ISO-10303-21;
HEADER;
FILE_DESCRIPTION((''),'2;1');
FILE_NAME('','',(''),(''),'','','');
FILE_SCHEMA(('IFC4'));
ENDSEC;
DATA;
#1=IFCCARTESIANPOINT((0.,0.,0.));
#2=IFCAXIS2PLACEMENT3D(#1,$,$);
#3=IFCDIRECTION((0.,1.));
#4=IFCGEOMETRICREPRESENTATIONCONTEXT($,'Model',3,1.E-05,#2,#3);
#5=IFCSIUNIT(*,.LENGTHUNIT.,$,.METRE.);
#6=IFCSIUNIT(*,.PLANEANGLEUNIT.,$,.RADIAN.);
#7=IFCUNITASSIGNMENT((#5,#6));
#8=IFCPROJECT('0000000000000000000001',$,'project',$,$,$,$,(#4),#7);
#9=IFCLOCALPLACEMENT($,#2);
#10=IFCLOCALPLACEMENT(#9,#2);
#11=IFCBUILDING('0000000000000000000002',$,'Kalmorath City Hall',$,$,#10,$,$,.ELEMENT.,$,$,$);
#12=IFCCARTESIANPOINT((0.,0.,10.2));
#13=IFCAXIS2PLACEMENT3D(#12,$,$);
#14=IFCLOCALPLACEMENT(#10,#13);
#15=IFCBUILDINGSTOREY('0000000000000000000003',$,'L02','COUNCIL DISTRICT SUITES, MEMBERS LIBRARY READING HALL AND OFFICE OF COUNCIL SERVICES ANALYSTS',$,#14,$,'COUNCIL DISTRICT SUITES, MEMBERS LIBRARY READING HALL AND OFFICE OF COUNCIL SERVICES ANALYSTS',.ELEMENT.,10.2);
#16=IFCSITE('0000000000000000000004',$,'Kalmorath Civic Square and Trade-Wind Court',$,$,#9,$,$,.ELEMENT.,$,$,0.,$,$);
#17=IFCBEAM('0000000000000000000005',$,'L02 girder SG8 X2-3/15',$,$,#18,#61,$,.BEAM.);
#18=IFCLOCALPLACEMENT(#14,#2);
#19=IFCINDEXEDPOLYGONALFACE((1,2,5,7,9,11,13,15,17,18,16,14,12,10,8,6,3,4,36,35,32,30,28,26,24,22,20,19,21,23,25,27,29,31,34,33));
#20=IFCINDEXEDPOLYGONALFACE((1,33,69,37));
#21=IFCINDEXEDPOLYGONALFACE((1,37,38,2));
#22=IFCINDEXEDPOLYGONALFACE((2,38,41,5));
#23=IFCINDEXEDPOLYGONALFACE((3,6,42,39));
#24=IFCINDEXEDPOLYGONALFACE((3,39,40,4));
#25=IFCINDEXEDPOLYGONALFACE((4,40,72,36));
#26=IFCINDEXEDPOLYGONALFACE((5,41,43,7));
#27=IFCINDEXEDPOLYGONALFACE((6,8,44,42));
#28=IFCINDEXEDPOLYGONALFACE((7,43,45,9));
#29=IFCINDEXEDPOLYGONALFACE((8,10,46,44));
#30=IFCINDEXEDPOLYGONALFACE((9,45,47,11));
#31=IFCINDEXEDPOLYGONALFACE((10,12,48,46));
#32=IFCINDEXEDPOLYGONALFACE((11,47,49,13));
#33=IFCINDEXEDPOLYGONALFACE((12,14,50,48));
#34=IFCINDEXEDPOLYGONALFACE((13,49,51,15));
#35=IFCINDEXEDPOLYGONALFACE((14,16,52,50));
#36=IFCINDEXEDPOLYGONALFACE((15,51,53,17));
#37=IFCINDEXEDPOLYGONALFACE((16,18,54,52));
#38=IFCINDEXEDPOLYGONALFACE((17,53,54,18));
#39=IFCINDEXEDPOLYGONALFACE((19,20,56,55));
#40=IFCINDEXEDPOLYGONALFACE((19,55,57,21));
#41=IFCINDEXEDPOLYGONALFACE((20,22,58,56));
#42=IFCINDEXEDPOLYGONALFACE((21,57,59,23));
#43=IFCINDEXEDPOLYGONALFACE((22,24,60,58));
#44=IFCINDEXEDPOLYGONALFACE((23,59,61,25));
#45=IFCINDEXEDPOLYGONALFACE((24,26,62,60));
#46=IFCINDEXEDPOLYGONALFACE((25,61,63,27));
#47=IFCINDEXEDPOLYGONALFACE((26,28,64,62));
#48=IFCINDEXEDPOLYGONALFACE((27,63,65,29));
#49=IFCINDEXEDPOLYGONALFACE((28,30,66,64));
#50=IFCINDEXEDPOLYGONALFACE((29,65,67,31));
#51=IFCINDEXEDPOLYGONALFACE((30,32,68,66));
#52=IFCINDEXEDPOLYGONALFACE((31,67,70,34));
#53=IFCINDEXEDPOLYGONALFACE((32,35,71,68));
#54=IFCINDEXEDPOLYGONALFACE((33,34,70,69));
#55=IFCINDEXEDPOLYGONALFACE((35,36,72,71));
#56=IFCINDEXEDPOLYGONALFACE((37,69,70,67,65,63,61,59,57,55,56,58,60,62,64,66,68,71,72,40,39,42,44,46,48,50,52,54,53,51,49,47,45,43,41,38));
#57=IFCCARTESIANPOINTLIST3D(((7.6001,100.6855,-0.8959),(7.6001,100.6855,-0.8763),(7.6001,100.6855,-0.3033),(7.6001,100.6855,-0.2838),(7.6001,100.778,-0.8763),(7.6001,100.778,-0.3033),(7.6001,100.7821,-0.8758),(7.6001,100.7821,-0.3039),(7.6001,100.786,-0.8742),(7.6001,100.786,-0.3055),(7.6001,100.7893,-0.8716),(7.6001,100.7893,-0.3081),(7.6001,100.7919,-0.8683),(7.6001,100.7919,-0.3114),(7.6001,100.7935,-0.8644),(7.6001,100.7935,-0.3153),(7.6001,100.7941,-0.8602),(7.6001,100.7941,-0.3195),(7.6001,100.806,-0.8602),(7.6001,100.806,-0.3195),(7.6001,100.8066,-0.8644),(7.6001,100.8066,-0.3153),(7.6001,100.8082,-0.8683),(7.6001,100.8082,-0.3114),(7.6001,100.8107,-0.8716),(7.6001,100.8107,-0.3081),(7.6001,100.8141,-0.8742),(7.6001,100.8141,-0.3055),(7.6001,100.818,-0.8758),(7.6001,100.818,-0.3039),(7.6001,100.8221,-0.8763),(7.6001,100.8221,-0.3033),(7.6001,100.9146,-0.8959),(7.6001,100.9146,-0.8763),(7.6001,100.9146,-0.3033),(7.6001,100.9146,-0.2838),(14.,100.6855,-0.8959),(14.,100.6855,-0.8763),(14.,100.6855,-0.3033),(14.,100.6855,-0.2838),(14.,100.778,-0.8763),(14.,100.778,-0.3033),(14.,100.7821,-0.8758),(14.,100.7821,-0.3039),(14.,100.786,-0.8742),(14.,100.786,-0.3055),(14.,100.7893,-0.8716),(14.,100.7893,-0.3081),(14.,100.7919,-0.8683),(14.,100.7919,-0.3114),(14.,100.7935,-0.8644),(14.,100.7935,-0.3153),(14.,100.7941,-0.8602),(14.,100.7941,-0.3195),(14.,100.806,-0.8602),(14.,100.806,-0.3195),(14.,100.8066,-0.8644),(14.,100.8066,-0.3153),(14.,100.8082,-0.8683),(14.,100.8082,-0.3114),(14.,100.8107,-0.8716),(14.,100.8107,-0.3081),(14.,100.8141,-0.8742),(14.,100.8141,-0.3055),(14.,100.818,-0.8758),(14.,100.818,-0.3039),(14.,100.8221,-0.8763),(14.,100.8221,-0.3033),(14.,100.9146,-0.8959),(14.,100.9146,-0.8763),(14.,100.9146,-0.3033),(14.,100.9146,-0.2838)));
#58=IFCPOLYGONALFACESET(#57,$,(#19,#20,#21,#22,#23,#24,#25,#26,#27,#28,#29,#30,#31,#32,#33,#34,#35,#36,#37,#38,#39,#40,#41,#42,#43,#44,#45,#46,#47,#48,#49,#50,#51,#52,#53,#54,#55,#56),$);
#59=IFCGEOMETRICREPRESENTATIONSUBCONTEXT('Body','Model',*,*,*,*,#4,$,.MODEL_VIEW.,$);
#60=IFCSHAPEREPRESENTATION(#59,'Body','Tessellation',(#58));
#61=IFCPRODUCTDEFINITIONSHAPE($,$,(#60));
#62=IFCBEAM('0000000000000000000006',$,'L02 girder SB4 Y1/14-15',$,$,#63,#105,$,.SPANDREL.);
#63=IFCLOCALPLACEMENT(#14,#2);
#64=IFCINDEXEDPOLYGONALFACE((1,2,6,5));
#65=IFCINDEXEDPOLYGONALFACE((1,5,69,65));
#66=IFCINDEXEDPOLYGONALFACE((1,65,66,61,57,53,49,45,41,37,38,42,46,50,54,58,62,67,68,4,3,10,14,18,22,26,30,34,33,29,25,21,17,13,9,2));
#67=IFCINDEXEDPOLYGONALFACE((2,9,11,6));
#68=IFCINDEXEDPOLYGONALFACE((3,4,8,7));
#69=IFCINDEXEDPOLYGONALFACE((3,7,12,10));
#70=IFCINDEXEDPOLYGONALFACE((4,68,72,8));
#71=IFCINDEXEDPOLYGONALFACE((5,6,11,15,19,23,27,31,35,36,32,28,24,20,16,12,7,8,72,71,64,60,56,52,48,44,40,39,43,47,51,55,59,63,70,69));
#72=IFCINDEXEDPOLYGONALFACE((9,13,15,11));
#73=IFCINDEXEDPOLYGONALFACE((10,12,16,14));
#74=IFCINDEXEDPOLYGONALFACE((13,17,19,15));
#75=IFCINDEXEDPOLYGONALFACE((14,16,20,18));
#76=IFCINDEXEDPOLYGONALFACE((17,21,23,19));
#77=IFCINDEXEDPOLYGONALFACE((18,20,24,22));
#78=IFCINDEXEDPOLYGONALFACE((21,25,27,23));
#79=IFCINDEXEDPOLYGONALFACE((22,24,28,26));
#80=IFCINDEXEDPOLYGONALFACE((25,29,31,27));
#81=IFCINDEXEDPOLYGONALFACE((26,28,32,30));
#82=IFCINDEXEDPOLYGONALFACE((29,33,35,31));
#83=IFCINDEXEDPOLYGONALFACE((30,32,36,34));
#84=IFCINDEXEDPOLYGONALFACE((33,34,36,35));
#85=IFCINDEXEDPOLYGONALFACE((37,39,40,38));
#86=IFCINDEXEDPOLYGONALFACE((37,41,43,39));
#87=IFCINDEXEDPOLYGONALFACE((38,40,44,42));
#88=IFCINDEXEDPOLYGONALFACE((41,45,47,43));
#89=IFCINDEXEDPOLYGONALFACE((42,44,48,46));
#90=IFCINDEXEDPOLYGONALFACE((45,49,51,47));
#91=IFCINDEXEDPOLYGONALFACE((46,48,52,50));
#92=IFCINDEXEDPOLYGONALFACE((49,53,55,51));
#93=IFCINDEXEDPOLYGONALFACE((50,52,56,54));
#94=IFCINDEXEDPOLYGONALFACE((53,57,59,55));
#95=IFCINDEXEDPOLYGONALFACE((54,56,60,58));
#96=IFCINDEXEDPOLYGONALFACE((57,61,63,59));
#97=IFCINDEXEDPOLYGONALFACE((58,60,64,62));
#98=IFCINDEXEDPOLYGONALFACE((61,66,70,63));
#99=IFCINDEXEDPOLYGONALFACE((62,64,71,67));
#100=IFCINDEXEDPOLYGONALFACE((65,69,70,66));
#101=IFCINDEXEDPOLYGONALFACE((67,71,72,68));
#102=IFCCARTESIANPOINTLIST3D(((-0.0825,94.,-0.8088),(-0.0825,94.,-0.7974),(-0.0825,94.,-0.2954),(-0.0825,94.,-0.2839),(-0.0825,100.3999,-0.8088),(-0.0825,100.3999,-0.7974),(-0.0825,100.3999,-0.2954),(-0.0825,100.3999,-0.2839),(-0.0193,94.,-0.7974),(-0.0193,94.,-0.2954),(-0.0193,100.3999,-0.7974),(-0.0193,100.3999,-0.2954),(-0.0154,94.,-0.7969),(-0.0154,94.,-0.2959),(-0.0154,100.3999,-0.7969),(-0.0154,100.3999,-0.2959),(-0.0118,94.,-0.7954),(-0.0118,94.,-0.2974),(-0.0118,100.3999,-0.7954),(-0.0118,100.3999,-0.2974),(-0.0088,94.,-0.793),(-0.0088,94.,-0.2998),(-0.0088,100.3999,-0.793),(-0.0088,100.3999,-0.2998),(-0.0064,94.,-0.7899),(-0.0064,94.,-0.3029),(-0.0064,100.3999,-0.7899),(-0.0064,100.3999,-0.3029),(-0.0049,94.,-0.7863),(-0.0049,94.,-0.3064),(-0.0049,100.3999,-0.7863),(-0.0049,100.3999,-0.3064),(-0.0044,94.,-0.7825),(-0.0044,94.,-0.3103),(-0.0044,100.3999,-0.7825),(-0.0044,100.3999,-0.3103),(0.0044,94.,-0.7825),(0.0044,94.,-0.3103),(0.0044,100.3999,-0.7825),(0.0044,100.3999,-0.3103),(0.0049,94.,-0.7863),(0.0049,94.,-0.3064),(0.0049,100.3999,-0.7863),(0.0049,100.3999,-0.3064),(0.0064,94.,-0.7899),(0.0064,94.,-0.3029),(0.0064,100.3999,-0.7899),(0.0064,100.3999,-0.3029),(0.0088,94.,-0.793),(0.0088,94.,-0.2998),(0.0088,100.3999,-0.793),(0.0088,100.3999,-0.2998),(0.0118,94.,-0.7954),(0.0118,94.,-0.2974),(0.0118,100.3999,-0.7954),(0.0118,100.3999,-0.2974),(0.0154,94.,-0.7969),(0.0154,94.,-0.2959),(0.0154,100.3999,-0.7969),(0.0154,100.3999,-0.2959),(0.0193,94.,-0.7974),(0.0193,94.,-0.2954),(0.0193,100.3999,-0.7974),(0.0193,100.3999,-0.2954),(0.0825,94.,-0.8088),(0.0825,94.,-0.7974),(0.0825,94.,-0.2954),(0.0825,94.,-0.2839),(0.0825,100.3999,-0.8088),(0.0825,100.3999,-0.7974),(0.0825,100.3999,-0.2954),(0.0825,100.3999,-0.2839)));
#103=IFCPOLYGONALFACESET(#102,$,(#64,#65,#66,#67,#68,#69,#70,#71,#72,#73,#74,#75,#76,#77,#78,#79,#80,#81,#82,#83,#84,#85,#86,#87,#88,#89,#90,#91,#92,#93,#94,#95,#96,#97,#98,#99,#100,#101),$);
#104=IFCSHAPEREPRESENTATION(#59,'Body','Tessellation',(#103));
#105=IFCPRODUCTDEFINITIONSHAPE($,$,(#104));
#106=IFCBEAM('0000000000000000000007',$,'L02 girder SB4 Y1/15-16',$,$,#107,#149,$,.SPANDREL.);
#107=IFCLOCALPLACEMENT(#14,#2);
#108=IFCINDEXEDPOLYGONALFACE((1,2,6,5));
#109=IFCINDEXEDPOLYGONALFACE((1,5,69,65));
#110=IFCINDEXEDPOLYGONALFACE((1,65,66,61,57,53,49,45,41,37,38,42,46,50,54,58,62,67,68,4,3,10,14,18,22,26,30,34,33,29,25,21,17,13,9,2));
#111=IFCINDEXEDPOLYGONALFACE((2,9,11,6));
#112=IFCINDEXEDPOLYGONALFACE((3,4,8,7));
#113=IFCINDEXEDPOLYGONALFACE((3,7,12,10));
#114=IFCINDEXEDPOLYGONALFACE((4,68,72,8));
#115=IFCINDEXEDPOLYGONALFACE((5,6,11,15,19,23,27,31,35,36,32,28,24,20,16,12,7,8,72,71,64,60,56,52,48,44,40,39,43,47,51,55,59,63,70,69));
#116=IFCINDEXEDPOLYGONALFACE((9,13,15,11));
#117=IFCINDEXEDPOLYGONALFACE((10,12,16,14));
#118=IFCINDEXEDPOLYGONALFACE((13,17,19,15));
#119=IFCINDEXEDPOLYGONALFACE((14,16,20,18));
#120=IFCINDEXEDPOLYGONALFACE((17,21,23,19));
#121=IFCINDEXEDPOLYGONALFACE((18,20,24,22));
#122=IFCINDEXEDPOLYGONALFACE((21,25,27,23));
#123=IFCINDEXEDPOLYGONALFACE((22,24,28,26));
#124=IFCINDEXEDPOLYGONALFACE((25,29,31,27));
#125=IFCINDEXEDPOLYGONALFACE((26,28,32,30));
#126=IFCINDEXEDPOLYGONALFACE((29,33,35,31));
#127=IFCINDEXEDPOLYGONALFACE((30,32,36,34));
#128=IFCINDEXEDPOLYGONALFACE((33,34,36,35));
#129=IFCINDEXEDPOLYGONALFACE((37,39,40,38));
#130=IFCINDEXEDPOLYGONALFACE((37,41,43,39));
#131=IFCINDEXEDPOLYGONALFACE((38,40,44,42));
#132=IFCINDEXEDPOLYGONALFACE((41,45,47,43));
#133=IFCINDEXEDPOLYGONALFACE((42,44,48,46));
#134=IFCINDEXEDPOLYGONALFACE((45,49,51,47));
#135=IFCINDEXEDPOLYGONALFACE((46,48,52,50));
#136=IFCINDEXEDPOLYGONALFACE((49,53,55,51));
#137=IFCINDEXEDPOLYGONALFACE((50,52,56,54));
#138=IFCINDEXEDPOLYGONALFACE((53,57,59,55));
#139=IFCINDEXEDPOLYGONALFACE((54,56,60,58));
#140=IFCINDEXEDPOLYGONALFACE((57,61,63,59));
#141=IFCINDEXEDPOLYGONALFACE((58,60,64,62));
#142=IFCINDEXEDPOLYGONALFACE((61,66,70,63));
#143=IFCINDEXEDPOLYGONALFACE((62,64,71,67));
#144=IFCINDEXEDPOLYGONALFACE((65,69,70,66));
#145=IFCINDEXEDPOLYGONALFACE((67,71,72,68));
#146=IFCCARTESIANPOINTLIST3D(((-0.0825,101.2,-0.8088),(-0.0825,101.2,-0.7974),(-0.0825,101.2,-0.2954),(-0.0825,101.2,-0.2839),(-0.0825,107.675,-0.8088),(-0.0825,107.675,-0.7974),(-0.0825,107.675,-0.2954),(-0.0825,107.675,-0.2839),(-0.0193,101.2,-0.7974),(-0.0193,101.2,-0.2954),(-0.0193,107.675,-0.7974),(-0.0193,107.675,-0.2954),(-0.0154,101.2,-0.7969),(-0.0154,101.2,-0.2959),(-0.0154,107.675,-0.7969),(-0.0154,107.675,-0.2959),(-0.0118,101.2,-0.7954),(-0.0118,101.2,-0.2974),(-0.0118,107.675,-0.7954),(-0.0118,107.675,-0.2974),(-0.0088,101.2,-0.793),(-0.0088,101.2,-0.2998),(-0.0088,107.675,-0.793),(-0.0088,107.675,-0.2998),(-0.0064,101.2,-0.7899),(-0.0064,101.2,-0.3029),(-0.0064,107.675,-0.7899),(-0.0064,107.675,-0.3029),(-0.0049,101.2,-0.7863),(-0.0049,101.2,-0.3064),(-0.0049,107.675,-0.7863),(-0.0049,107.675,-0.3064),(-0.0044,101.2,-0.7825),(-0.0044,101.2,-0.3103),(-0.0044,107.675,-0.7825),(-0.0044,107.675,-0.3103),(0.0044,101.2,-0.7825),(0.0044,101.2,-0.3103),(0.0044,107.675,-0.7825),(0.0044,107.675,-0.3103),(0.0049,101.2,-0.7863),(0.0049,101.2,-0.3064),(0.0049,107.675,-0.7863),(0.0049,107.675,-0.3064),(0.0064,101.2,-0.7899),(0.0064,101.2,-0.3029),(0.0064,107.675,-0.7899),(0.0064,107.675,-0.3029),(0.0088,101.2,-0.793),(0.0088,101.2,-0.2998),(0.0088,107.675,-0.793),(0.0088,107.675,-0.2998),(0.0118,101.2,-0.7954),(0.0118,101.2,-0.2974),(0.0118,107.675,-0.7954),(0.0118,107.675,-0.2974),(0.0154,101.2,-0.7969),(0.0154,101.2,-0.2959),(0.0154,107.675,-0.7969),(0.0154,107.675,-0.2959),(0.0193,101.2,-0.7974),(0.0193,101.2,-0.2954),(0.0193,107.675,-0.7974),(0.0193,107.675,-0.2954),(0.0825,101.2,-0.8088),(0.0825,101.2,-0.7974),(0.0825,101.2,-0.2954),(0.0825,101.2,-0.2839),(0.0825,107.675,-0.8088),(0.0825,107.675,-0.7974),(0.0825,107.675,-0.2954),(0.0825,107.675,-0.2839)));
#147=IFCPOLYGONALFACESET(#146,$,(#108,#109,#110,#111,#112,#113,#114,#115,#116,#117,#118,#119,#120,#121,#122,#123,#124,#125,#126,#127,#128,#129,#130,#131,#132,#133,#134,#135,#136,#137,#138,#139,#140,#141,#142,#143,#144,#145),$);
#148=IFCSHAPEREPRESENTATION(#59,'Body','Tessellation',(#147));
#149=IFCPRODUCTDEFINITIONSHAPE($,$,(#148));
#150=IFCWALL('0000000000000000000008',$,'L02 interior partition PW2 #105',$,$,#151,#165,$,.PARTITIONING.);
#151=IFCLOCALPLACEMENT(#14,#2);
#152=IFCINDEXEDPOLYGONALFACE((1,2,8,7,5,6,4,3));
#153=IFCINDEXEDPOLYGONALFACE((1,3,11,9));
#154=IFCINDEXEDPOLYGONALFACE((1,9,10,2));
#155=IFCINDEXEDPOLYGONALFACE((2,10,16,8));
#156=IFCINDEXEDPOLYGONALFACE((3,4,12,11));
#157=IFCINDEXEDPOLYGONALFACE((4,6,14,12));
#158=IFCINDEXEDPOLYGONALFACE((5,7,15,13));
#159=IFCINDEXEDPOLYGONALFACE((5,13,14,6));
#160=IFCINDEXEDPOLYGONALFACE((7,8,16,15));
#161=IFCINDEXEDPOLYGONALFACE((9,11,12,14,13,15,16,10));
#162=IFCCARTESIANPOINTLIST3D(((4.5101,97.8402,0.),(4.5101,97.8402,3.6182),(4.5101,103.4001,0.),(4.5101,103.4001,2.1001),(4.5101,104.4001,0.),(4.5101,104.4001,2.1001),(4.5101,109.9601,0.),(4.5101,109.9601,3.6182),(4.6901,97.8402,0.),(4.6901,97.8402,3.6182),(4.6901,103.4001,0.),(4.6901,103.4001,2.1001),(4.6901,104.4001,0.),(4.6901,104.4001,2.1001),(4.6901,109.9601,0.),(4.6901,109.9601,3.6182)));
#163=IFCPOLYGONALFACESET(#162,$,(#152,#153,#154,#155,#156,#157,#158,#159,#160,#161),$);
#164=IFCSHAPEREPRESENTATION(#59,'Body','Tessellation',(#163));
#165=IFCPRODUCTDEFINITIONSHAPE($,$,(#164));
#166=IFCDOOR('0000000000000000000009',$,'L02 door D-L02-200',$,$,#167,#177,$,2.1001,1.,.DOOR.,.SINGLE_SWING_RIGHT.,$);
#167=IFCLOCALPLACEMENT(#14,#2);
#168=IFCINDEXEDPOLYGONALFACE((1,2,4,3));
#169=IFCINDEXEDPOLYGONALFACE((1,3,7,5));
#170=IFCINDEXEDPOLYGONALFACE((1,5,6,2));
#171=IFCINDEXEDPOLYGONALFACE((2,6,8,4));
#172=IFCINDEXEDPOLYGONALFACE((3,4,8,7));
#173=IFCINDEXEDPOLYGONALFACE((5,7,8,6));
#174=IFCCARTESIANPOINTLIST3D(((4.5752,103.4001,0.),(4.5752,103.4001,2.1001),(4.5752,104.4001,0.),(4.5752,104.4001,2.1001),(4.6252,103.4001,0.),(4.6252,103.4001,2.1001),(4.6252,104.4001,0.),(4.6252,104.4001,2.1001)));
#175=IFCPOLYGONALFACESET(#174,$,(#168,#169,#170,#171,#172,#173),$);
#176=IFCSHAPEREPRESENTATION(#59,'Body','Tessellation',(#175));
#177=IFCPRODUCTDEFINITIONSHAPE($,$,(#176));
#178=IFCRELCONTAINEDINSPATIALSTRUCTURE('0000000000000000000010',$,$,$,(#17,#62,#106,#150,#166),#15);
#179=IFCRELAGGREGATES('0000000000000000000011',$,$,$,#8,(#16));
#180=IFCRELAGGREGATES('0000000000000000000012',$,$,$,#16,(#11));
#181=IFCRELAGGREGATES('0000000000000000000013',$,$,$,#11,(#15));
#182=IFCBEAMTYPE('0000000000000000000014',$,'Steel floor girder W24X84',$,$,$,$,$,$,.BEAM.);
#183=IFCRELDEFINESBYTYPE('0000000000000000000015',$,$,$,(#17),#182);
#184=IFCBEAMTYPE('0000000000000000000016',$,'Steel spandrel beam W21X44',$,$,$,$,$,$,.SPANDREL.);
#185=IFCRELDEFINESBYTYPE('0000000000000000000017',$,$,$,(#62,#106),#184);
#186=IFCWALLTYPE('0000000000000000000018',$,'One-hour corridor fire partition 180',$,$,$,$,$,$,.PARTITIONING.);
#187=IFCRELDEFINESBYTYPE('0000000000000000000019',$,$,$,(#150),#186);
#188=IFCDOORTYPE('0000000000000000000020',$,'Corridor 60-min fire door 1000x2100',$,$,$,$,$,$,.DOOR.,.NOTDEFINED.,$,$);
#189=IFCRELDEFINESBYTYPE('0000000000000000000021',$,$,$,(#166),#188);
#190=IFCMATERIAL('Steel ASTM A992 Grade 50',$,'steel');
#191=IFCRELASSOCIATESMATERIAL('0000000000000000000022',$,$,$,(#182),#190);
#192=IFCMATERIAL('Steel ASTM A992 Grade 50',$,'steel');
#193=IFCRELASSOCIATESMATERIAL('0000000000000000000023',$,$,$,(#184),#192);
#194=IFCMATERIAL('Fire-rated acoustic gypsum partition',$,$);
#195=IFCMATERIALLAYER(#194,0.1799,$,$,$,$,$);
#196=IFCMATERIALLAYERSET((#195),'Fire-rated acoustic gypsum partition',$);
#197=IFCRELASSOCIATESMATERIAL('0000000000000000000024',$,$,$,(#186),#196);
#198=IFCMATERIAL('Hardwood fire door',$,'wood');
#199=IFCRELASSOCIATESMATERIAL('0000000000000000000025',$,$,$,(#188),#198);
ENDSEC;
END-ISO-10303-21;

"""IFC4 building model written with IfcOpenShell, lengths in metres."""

from ifc_helpers import new_model, si_unit, direction, frame, frame_2d, origin, origin_2d, place, context, subcontext, project, spatial, rectangle, i_section, extrude, material, layer, layer_set, material_profile, profile_set, type_object, element, fill, save


model = new_model("IFC4")

# Units and contexts
model_context = context("Model", 3, precision=1e-05, world=origin(), true_north=direction((0.0, 1.0)))
body_context = subcontext(model_context, "Body", "Model", "MODEL_VIEW")
ifc_project = project(units=[si_unit("LENGTHUNIT", "METRE"), si_unit("PLANEANGLEUNIT", "RADIAN")], contexts=[model_context])

# Site, building, storey
site_placement = place(None, origin())
site = spatial("IfcSite", under=ifc_project, at=site_placement, Name="Kalmorath Civic Square and Trade-Wind Court", CompositionType="ELEMENT", RefElevation=0.0)
building_placement = place(site_placement, origin())
building = spatial("IfcBuilding", under=site, at=building_placement, Name="Kalmorath City Hall", CompositionType="ELEMENT")
storey_placement = place(building_placement, frame((0.0, 0.0, 10.2)))
storey = spatial("IfcBuildingStorey", under=building, at=storey_placement, Name="L02", Description="COUNCIL DISTRICT SUITES, MEMBERS LIBRARY READING HALL AND OFFICE OF COUNCIL SERVICES ANALYSTS", LongName="COUNCIL DISTRICT SUITES, MEMBERS LIBRARY READING HALL AND OFFICE OF COUNCIL SERVICES ANALYSTS", CompositionType="ELEMENT", Elevation=10.2)

# Beams
ifc_material_1 = material(Name="Steel ASTM A992 Grade 50", Category="steel")
ifc_material_profile_1 = material_profile(ifc_material_1, i_section(OverallWidth=0.229, OverallDepth=0.6121, WebThickness=0.012, FlangeThickness=0.0195, FilletRadius=0.0161, at=origin_2d()), Name="W24X84")
ifc_profile_set_1 = profile_set([ifc_material_profile_1], Name="Steel ASTM A992 Grade 50")
beam_type_1 = type_object("IfcBeamType", Name="Steel floor girder W24X84", PredefinedType="BEAM", material=ifc_profile_set_1)
beam_1_placement = place(storey_placement, frame((7.6001, 100.8, -0.5898), z_axis=(1.0, 0.0, 0.0), x_axis=(0.0, 1.0, 0.0)))
element("IfcBeam", 1, at=beam_1_placement, inside=storey, type_object=beam_type_1, Name="L02 girder SG8 X2-3/15", PredefinedType="BEAM", context=body_context, shape_type="SweptSolid", body=[
    extrude(i_section(OverallWidth=0.229, OverallDepth=0.6121, WebThickness=0.012, FlangeThickness=0.0195, FilletRadius=0.0161, at=origin_2d()), origin(), (0.0, 0.0, 1.0), 6.3999),
])
ifc_material_2 = material(Name="Steel ASTM A992 Grade 50", Category="steel")
ifc_material_profile_2 = material_profile(ifc_material_2, i_section(OverallWidth=0.165, OverallDepth=0.5249, WebThickness=0.0088, FlangeThickness=0.0115, FilletRadius=0.0149, at=origin_2d()), Name="W21X44")
ifc_profile_set_2 = profile_set([ifc_material_profile_2], Name="Steel ASTM A992 Grade 50")
beam_type_2 = type_object("IfcBeamType", Name="Steel spandrel beam W21X44", PredefinedType="SPANDREL", material=ifc_profile_set_2)
beam_2_placement = place(storey_placement, frame((0.0, 94.0, -0.5464), z_axis=(0.0, 1.0, 0.0), x_axis=(-1.0, 0.0, 0.0)))
element("IfcBeam", 2, at=beam_2_placement, inside=storey, type_object=beam_type_2, Name="L02 girder SB4 Y1/14-15", PredefinedType="SPANDREL", context=body_context, shape_type="SweptSolid", body=[
    extrude(i_section(OverallWidth=0.165, OverallDepth=0.5249, WebThickness=0.0088, FlangeThickness=0.0115, FilletRadius=0.0149, at=origin_2d()), origin(), (0.0, 0.0, 1.0), 6.3999),
])
beam_3_placement = place(storey_placement, frame((0.0, 101.2, -0.5464), z_axis=(0.0, 1.0, 0.0), x_axis=(-1.0, 0.0, 0.0)))
element("IfcBeam", 3, at=beam_3_placement, inside=storey, type_object=beam_type_2, Name="L02 girder SB4 Y1/15-16", PredefinedType="SPANDREL", context=body_context, shape_type="SweptSolid", body=[
    extrude(i_section(OverallWidth=0.165, OverallDepth=0.5249, WebThickness=0.0088, FlangeThickness=0.0115, FilletRadius=0.0149, at=origin_2d()), origin(), (0.0, 0.0, 1.0), 6.4751),
])

# Wall, opening, door
ifc_material_3 = material(Name="Fire-rated acoustic gypsum partition")
ifc_layer_1 = layer(ifc_material_3, 0.1799)
ifc_layer_set_1 = layer_set([ifc_layer_1], Name="Fire-rated acoustic gypsum partition")
wall_type_1 = type_object("IfcWallType", Name="One-hour corridor fire partition 180", PredefinedType="PARTITIONING", material=ifc_layer_set_1)
wall_1_placement = place(storey_placement, frame((4.6001, 97.8401, 0.0), z_axis=(0.0, 0.0, 1.0), x_axis=(0.0, 1.0, 0.0)))
wall_1 = element("IfcWall", 4, at=wall_1_placement, inside=storey, type_object=wall_type_1, Name="L02 interior partition PW2 #105", PredefinedType="PARTITIONING", context=body_context, shape_type="SweptSolid", body=[
    extrude(rectangle(XDim=12.1199, YDim=0.1799, at=frame_2d((6.0601, 0.0))), origin(), (0.0, 0.0, 1.0), 3.6182),
])
opening_1_placement = place(wall_1_placement, frame((5.5601, 0.0, 0.0)))
opening_1 = element("IfcOpeningElement", 5, at=opening_1_placement, cuts=wall_1, PredefinedType="OPENING", context=body_context, shape_type="SweptSolid", body=[
    extrude(rectangle(XDim=1.0, YDim=2.1001, at=frame_2d((0.5, 1.05))), frame((0.0, 0.0999, 0.0), z_axis=(0.0, -1.0, 0.0), x_axis=(1.0, 0.0, 0.0)), (0.0, 0.0, 1.0), 0.2),
])
ifc_material_4 = material(Name="Hardwood fire door", Category="wood")
door_type = type_object("IfcDoorType", Name="Corridor 60-min fire door 1000x2100", OperationType="NOTDEFINED", PredefinedType="DOOR", material=ifc_material_4)
door_1_placement = place(opening_1_placement, origin())
door_1 = element("IfcDoor", 6, at=door_1_placement, inside=storey, type_object=door_type, Name="L02 door D-L02-200", OperationType="SINGLE_SWING_RIGHT", OverallHeight=2.1001, OverallWidth=1.0, PredefinedType="DOOR", context=body_context, shape_type="SweptSolid", body=[
    extrude(rectangle(XDim=1.0, YDim=2.1001, at=frame_2d((0.5, 1.05))), frame((0.0, 0.0249, 0.0), z_axis=(0.0, -1.0, 0.0), x_axis=(1.0, 0.0, 0.0)), (0.0, 0.0, 1.0), 0.05),
])
fill(opening_1, door_1)

save(model, "model.ifc")
